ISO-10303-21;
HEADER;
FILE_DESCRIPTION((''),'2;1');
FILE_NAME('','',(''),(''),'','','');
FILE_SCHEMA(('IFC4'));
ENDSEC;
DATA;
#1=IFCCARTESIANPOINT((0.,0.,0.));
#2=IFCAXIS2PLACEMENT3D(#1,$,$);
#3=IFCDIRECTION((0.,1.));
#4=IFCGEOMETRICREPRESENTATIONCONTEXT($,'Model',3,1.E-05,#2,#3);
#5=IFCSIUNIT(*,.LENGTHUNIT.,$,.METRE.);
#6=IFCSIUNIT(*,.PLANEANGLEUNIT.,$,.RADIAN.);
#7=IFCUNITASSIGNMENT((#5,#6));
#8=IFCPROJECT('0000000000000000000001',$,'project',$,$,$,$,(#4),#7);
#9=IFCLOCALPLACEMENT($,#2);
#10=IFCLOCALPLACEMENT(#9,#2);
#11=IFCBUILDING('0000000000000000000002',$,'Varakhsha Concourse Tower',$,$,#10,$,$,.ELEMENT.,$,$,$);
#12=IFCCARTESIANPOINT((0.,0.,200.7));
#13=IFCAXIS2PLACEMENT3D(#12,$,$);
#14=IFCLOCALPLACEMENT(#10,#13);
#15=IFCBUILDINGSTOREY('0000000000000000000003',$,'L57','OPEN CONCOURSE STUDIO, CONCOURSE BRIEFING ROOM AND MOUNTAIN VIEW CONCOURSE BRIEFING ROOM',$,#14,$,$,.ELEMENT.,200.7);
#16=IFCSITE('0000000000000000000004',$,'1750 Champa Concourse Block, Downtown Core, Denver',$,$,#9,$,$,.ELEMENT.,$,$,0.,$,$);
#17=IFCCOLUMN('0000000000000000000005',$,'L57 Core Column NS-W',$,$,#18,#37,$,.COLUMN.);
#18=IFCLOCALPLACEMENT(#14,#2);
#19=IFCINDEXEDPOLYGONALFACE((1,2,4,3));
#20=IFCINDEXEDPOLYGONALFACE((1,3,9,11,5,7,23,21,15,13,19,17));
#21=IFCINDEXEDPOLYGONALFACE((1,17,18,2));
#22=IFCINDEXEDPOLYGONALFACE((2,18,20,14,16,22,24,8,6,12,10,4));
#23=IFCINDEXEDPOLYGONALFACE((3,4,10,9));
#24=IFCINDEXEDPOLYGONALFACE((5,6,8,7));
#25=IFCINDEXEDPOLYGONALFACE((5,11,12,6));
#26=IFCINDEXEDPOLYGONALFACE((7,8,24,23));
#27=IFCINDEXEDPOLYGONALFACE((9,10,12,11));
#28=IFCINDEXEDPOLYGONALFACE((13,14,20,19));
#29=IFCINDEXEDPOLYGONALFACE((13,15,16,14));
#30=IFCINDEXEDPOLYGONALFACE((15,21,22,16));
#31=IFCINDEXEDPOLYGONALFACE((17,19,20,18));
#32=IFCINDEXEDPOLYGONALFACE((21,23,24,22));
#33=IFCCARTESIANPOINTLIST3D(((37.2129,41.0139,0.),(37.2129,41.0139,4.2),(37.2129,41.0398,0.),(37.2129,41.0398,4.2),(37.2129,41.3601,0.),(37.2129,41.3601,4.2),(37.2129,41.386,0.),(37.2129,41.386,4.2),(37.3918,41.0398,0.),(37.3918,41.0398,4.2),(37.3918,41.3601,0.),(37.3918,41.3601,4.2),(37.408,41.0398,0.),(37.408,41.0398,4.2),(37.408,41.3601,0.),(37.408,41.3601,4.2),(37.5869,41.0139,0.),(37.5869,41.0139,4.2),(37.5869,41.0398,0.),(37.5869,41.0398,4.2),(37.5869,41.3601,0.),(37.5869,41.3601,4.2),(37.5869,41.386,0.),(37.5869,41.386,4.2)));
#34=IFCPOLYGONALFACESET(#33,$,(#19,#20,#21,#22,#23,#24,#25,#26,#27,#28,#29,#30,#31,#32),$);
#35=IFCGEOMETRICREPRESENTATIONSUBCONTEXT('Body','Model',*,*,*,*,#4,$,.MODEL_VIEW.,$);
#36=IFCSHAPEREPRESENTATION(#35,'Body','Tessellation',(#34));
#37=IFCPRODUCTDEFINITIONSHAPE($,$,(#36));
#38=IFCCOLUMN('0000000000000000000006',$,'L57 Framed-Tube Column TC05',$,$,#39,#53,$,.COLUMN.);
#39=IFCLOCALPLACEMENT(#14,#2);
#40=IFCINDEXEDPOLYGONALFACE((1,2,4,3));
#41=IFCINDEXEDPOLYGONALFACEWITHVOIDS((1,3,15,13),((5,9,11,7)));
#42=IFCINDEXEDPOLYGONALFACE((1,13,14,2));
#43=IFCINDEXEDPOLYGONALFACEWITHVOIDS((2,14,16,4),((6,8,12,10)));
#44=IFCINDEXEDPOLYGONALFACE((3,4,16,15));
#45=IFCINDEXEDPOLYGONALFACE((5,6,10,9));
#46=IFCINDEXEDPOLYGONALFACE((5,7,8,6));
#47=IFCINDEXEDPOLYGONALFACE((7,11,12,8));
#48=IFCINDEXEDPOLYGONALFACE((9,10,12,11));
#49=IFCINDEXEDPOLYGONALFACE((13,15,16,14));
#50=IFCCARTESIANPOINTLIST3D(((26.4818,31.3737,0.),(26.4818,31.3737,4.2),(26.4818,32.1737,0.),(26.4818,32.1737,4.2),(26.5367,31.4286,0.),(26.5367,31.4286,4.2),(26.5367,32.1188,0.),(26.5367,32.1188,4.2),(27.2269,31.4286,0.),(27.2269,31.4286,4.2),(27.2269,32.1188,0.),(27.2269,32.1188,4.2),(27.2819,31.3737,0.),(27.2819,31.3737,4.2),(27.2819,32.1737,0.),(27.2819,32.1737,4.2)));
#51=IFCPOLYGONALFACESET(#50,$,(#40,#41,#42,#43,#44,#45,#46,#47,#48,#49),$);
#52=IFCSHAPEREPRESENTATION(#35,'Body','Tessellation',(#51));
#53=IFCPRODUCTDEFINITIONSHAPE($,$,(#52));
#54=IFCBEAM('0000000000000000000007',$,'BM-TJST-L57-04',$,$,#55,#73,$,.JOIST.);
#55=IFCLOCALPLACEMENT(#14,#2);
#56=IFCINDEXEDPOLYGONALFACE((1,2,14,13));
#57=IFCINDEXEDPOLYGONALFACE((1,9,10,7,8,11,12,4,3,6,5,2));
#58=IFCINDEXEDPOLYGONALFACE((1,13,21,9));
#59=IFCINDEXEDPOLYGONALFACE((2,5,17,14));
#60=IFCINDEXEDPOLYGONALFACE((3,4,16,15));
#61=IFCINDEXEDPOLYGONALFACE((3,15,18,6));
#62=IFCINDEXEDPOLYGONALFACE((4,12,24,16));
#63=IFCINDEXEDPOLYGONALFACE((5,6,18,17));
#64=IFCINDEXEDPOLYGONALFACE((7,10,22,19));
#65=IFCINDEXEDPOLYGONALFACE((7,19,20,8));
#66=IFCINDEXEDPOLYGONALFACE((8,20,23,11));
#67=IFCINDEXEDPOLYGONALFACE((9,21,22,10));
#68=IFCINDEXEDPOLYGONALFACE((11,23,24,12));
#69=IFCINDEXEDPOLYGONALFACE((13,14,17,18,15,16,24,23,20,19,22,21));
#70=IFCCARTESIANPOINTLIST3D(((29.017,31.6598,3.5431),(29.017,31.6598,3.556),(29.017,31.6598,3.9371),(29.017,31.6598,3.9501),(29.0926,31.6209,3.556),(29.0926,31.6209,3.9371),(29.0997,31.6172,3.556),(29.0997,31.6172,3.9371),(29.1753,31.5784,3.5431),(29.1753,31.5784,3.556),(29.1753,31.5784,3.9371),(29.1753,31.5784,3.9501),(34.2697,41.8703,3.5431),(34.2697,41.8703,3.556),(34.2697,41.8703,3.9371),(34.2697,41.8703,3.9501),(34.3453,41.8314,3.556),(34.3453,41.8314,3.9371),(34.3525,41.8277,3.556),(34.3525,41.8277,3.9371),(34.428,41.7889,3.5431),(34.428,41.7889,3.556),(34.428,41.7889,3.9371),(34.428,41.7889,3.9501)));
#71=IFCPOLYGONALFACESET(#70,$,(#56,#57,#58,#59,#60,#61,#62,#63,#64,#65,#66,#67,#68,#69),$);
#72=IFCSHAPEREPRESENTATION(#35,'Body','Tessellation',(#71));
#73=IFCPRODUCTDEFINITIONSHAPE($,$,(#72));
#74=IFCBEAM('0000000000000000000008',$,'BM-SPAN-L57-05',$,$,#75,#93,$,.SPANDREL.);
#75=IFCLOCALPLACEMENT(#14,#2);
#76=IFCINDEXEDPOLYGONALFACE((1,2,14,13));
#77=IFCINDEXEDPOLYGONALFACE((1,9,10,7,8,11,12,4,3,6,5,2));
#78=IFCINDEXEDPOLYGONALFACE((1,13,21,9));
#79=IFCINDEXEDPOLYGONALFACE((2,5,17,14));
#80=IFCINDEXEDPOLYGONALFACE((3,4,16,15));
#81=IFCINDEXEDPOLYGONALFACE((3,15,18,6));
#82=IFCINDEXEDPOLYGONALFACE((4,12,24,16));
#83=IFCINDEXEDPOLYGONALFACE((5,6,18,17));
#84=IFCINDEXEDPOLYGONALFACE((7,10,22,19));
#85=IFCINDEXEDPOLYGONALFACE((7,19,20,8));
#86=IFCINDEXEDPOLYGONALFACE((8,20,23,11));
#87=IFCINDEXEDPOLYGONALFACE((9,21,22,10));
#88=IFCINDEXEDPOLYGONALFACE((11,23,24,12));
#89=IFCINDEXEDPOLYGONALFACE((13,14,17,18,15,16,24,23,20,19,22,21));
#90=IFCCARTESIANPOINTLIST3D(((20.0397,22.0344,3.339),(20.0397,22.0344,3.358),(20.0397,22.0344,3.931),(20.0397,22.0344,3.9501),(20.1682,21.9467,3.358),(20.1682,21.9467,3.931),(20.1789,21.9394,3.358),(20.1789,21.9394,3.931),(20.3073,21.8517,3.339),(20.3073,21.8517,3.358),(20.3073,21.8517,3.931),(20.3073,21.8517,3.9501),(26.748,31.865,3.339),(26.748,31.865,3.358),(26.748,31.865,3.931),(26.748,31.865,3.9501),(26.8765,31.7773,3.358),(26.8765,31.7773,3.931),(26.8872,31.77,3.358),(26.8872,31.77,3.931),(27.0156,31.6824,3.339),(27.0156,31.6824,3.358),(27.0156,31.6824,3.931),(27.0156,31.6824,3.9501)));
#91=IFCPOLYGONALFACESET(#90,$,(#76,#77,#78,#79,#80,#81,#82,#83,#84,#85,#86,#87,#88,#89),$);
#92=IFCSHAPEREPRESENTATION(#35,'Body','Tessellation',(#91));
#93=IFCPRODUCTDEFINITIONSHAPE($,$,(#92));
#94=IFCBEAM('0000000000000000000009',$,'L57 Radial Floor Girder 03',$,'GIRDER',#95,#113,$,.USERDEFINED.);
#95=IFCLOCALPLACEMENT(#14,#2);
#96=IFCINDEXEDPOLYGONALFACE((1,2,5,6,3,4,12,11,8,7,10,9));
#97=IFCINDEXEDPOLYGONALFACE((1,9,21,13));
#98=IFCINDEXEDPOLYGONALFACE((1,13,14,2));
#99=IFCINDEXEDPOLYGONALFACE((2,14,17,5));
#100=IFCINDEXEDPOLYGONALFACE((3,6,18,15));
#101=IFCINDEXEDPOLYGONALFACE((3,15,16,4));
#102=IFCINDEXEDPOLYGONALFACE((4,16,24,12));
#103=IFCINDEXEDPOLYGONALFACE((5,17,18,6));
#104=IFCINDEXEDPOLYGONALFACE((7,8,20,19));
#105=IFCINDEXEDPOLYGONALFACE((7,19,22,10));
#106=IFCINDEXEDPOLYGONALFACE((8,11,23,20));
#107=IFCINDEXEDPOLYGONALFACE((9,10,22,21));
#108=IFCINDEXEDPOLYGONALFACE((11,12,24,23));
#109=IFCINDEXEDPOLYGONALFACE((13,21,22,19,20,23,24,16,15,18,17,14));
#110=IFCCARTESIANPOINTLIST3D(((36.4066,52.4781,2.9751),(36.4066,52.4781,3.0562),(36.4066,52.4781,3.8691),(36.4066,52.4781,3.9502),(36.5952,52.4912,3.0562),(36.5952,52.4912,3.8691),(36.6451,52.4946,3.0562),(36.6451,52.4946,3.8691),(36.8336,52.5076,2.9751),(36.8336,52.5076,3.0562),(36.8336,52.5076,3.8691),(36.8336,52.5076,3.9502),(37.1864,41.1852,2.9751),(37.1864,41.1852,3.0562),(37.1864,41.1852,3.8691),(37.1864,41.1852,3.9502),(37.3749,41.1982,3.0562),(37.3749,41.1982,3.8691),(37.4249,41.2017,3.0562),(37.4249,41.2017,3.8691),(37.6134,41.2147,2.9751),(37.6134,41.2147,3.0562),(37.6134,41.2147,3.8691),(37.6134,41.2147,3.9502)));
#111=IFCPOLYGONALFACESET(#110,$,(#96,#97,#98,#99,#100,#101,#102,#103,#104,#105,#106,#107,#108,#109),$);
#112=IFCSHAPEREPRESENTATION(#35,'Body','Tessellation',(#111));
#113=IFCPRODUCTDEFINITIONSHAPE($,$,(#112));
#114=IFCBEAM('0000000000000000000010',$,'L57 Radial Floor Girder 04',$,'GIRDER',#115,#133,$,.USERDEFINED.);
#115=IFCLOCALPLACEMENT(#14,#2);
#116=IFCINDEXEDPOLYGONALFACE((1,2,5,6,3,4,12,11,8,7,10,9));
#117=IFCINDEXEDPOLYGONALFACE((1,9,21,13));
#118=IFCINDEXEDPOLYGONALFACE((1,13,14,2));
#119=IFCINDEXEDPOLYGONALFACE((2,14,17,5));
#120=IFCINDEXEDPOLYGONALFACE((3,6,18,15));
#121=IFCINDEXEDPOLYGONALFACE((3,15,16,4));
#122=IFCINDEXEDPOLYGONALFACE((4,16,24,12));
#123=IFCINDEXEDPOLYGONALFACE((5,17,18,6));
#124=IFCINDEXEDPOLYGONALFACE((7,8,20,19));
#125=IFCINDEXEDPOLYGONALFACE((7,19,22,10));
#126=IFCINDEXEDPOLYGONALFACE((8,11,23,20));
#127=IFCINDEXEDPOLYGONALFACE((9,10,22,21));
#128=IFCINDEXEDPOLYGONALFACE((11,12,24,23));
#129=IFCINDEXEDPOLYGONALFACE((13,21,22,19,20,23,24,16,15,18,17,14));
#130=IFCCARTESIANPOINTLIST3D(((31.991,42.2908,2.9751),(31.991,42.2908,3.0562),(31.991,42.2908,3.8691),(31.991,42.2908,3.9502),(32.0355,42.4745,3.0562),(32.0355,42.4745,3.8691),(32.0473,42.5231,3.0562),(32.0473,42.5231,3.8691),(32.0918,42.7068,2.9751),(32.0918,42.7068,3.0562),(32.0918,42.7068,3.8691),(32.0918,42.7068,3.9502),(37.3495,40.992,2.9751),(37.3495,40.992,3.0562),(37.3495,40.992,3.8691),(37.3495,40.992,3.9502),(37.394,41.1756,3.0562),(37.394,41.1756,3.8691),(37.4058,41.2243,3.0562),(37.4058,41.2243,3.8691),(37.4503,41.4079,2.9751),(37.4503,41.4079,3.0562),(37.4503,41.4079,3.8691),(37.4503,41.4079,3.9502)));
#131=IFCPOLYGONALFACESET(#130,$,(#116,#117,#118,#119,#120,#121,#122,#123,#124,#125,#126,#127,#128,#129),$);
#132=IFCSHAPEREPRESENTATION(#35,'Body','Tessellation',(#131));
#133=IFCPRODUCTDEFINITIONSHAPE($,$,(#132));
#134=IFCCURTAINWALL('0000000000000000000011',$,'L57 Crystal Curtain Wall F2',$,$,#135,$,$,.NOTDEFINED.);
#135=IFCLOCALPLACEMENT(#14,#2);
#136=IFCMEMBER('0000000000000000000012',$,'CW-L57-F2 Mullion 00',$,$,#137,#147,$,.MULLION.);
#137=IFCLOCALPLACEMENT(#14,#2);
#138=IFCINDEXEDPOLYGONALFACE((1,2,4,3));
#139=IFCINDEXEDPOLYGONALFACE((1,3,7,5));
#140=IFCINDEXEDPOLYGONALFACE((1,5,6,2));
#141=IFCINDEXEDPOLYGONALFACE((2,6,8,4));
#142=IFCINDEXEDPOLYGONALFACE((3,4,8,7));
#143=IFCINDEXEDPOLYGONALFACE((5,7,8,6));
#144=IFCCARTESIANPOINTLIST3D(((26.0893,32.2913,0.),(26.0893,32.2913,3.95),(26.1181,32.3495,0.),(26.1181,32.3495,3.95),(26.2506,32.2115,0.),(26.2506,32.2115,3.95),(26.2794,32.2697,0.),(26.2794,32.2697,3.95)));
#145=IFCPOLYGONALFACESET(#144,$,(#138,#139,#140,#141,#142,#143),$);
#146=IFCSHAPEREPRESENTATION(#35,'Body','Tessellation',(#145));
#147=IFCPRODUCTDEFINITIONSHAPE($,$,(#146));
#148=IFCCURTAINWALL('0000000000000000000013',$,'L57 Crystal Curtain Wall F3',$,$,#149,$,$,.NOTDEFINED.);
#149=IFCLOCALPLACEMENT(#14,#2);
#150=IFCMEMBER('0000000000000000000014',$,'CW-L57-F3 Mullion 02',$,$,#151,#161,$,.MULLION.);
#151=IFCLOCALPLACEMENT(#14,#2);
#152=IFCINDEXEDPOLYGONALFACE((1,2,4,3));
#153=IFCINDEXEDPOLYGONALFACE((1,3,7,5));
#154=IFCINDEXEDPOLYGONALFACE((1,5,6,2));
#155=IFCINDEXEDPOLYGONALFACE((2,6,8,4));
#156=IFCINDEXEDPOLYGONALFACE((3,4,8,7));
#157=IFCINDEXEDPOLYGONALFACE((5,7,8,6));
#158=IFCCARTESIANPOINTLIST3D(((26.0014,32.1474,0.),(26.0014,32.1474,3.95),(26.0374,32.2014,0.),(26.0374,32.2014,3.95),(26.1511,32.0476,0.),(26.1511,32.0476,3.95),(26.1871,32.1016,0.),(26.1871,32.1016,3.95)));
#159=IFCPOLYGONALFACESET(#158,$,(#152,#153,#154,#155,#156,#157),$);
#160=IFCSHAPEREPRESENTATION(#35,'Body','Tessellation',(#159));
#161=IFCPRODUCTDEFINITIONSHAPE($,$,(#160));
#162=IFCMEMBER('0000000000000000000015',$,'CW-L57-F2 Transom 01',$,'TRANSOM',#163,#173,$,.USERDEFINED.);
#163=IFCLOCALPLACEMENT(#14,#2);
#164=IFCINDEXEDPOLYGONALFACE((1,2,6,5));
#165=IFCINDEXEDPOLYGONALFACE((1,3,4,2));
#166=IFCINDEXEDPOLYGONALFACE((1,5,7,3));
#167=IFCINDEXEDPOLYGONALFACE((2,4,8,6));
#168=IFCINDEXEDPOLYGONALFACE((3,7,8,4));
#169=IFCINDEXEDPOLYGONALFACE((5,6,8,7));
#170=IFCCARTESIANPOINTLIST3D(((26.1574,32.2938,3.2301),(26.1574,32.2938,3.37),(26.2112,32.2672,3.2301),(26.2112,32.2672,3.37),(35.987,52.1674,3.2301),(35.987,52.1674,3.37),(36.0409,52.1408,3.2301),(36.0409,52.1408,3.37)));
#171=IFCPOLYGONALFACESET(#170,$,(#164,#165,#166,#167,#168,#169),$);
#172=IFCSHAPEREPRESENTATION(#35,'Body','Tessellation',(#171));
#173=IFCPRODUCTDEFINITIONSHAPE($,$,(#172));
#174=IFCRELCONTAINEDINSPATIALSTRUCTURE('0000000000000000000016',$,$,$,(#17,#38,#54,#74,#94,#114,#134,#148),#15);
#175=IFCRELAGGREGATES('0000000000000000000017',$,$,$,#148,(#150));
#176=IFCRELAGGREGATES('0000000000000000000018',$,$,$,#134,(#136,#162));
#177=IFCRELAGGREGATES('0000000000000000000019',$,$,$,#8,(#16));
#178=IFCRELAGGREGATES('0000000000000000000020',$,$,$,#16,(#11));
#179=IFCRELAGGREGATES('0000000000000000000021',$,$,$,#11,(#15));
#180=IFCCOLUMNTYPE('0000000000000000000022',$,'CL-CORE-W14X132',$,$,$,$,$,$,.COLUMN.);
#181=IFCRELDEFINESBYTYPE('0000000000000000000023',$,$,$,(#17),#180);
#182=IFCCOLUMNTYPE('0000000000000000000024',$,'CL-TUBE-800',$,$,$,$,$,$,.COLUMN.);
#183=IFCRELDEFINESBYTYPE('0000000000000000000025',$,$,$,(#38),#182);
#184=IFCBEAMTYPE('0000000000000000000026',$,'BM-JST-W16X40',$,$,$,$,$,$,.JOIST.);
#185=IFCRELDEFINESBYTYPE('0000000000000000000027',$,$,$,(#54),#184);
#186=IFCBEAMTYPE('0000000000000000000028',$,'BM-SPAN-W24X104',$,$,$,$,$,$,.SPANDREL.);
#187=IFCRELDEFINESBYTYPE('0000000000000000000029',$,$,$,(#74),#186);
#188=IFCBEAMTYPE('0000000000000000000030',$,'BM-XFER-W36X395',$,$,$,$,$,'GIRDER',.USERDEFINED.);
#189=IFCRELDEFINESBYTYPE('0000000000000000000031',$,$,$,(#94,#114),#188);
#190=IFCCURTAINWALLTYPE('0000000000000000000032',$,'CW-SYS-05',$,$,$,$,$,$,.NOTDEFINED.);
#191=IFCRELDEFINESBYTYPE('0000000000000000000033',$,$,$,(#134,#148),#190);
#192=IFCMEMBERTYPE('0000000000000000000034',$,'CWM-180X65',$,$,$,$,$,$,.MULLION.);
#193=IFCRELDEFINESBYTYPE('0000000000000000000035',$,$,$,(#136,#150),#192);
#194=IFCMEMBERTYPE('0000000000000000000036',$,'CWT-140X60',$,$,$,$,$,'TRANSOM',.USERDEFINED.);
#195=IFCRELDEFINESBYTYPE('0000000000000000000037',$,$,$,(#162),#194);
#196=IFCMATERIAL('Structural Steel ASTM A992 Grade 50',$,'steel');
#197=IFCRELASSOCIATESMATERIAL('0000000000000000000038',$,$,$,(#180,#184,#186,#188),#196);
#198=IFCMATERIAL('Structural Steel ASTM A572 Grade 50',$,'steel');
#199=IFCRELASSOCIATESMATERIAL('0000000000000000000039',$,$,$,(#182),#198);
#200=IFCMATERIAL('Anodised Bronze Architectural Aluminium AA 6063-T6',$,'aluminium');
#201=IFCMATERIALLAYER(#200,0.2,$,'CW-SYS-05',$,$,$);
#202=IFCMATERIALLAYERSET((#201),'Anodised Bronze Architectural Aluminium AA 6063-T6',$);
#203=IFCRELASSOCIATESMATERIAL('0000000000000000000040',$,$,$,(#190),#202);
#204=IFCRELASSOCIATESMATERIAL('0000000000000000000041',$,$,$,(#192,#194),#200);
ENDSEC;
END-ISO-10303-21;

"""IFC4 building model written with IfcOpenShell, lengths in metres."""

from ifc_helpers import new_model, si_unit, direction, frame, origin, origin_2d, place, context, subcontext, project, spatial, rectangle, hollow_rectangle, i_section, extrude, source, transform, mapped, material, layer, layer_set, material_profile, profile_set, type_object, type_shapes, element, aggregate, save


model = new_model("IFC4")

# Units and contexts
model_context = context("Model", 3, precision=1e-05, world=origin(), true_north=direction((0.0, 1.0)))
body_context = subcontext(model_context, "Body", "Model", "MODEL_VIEW")
ifc_project = project(units=[si_unit("LENGTHUNIT", "METRE"), si_unit("PLANEANGLEUNIT", "RADIAN")], contexts=[model_context])

# Site, building, storey
site_placement = place(None, origin())
site = spatial("IfcSite", under=ifc_project, at=site_placement, Name="1750 Champa Concourse Block, Downtown Core, Denver", CompositionType="ELEMENT", RefElevation=0.0)
building_placement = place(site_placement, origin())
building = spatial("IfcBuilding", under=site, at=building_placement, Name="Varakhsha Concourse Tower", CompositionType="ELEMENT")
storey_placement = place(building_placement, frame((0.0, 0.0, 200.7)))
storey = spatial("IfcBuildingStorey", under=building, at=storey_placement, Name="L57", Description="OPEN CONCOURSE STUDIO, CONCOURSE BRIEFING ROOM AND MOUNTAIN VIEW CONCOURSE BRIEFING ROOM", CompositionType="ELEMENT", Elevation=200.7)

# Columns
ifc_material_1 = material(Name="Structural Steel ASTM A992 Grade 50", Category="steel")
ifc_material_profile_1 = material_profile(ifc_material_1, i_section(OverallWidth=0.374, OverallDepth=0.3721, WebThickness=0.0161, FlangeThickness=0.0259, at=origin_2d()), Name="W14X132")
ifc_profile_set_1 = profile_set([ifc_material_profile_1], Name="Structural Steel ASTM A992 Grade 50")
column_type_1 = type_object("IfcColumnType", Name="CL-CORE-W14X132", PredefinedType="COLUMN", material=ifc_profile_set_1)
column_1_placement = place(storey_placement, frame((37.3999, 41.2, 0.0), z_axis=(0.0, 0.0, 1.0), x_axis=(1.0, 0.0, 0.0)))
element("IfcColumn", 1, at=column_1_placement, inside=storey, type_object=column_type_1, Name="L57 Core Column NS-W", PredefinedType="COLUMN", context=body_context, shape_type="SweptSolid", body=[
    extrude(i_section(OverallWidth=0.374, OverallDepth=0.3721, WebThickness=0.0161, FlangeThickness=0.0259, at=origin_2d()), origin(), (0.0, 0.0, 1.0), 4.2),
])
ifc_material_2 = material(Name="Structural Steel ASTM A572 Grade 50", Category="steel")
ifc_material_profile_2 = material_profile(ifc_material_2, hollow_rectangle(XDim=0.8, YDim=0.8, WallThickness=0.0549, at=origin_2d()), Name="BOX 800x800x55")
ifc_profile_set_2 = profile_set([ifc_material_profile_2], Name="Structural Steel ASTM A572 Grade 50")
column_type_2 = type_object("IfcColumnType", Name="CL-TUBE-800", PredefinedType="COLUMN", material=ifc_profile_set_2)
column_2_placement = place(storey_placement, frame((26.8818, 31.7737, 0.0), z_axis=(0.0, 0.0, 1.0), x_axis=(1.0, 0.0, 0.0)))
element("IfcColumn", 2, at=column_2_placement, inside=storey, type_object=column_type_2, Name="L57 Framed-Tube Column TC05", PredefinedType="COLUMN", context=body_context, shape_type="SweptSolid", body=[
    extrude(hollow_rectangle(XDim=0.8, YDim=0.8, WallThickness=0.0549, at=origin_2d()), origin(), (0.0, 0.0, 1.0), 4.2),
])

# Beams
ifc_material_profile_3 = material_profile(ifc_material_1, i_section(OverallWidth=0.178, OverallDepth=0.407, WebThickness=0.0081, FlangeThickness=0.0129, at=origin_2d()), Name="W16X40")
ifc_profile_set_3 = profile_set([ifc_material_profile_3], Name="Structural Steel ASTM A992 Grade 50")
beam_type_1 = type_object("IfcBeamType", Name="BM-JST-W16X40", PredefinedType="JOIST", material=ifc_profile_set_3)
beam_1_placement = place(storey_placement, frame((34.3489, 41.8296, 3.7466), z_axis=(-0.457458, -0.889231, 0.0), x_axis=(0.889231, -0.457458, 0.0)))
element("IfcBeam", 3, at=beam_1_placement, inside=storey, type_object=beam_type_1, Name="BM-TJST-L57-04", PredefinedType="JOIST", context=body_context, shape_type="SweptSolid", body=[
    extrude(i_section(OverallWidth=0.178, OverallDepth=0.407, WebThickness=0.0081, FlangeThickness=0.0129, at=origin_2d()), origin(), (0.0, 0.0, 1.0), 11.4824),
])
ifc_material_profile_4 = material_profile(ifc_material_1, i_section(OverallWidth=0.324, OverallDepth=0.6111, WebThickness=0.0129, FlangeThickness=0.019, at=origin_2d()), Name="W24X104")
ifc_profile_set_4 = profile_set([ifc_material_profile_4], Name="Structural Steel ASTM A992 Grade 50")
beam_type_2 = type_object("IfcBeamType", Name="BM-SPAN-W24X104", PredefinedType="SPANDREL", material=ifc_profile_set_4)
beam_2_placement = place(storey_placement, frame((26.8818, 31.7737, 3.6445), z_axis=(-0.563658, -0.826009, 0.0), x_axis=(0.826009, -0.563658, 0.0)))
element("IfcBeam", 4, at=beam_2_placement, inside=storey, type_object=beam_type_2, Name="BM-SPAN-L57-05", PredefinedType="SPANDREL", context=body_context, shape_type="SweptSolid", body=[
    extrude(i_section(OverallWidth=0.324, OverallDepth=0.6111, WebThickness=0.0129, FlangeThickness=0.019, at=origin_2d()), origin(), (0.0, 0.0, 1.0), 11.9014),
])
ifc_material_profile_5 = material_profile(ifc_material_1, i_section(OverallWidth=0.428, OverallDepth=0.9751, WebThickness=0.05, FlangeThickness=0.0811, at=origin_2d()), Name="W36X395")
ifc_profile_set_5 = profile_set([ifc_material_profile_5], Name="Structural Steel ASTM A992 Grade 50")
beam_type_3 = type_object("IfcBeamType", Name="BM-XFER-W36X395", ElementType="GIRDER", PredefinedType="USERDEFINED", material=ifc_profile_set_5)
beam_3_placement = place(storey_placement, frame((37.3999, 41.2, 3.4626), z_axis=(-0.068886, 0.997625, 0.0), x_axis=(-0.997625, -0.068886, 0.0)))
element("IfcBeam", 5, at=beam_3_placement, inside=storey, type_object=beam_type_3, Name="L57 Radial Floor Girder 03", ObjectType="GIRDER", PredefinedType="USERDEFINED", context=body_context, shape_type="SweptSolid", body=[
    extrude(i_section(OverallWidth=0.428, OverallDepth=0.9751, WebThickness=0.05, FlangeThickness=0.0811, at=origin_2d()), origin(), (0.0, 0.0, 1.0), 11.3198),
])
beam_4_placement = place(storey_placement, frame((37.3999, 41.2, 3.4626), z_axis=(-0.971857, 0.23557, 0.0), x_axis=(-0.23557, -0.971857, 0.0)))
element("IfcBeam", 6, at=beam_4_placement, inside=storey, type_object=beam_type_3, Name="L57 Radial Floor Girder 04", ObjectType="GIRDER", PredefinedType="USERDEFINED", context=body_context, shape_type="SweptSolid", body=[
    extrude(i_section(OverallWidth=0.428, OverallDepth=0.9751, WebThickness=0.05, FlangeThickness=0.0811, at=origin_2d()), origin(), (0.0, 0.0, 1.0), 5.5137),
])

# Curtain walls, members
ifc_material_3 = material(Name="Anodised Bronze Architectural Aluminium AA 6063-T6", Category="aluminium")
ifc_layer_1 = layer(ifc_material_3, 0.2, Name="CW-SYS-05")
ifc_layer_set_1 = layer_set([ifc_layer_1], Name="Anodised Bronze Architectural Aluminium AA 6063-T6")
curtain_wall_type = type_object("IfcCurtainWallType", Name="CW-SYS-05", PredefinedType="NOTDEFINED", material=ifc_layer_set_1)
curtain_wall_1_placement = place(storey_placement, origin())
curtain_wall_1 = element("IfcCurtainWall", 7, at=curtain_wall_1_placement, inside=storey, type_object=curtain_wall_type, Name="L57 Crystal Curtain Wall F2", PredefinedType="NOTDEFINED")
ifc_material_profile_6 = material_profile(ifc_material_3, rectangle(XDim=0.0649, YDim=0.1799, at=origin_2d()), Name="CWM-180X65")
ifc_profile_set_6 = profile_set([ifc_material_profile_6], Name="Anodised Bronze Architectural Aluminium AA 6063-T6")
member_type_1 = type_object("IfcMemberType", Name="CWM-180X65", PredefinedType="MULLION", material=ifc_profile_set_6)
shared_shape_1 = source(origin(), body_context, "Body", "SweptSolid", [
    extrude(rectangle(XDim=0.0649, YDim=0.1799, at=origin_2d()), origin(), (0.0, 0.0, 1.0), 3.95),
])
type_shapes(member_type_1, [shared_shape_1])
member_1_placement = place(storey_placement, frame((26.1843, 32.2805, 0.0), z_axis=(0.0, 0.0, 1.0), x_axis=(0.443343, 0.896352, 0.0)))
member_1 = element("IfcMember", 8, at=member_1_placement, type_object=member_type_1, Name="CW-L57-F2 Mullion 00", PredefinedType="MULLION", context=body_context, shape_type="MappedRepresentation", body=[
    mapped(shared_shape_1, transform((0.0, 0.0, 0.0), scale=1.0)),
])
curtain_wall_2_placement = place(storey_placement, origin())
curtain_wall_2 = element("IfcCurtainWall", 9, at=curtain_wall_2_placement, inside=storey, type_object=curtain_wall_type, Name="L57 Crystal Curtain Wall F3", PredefinedType="NOTDEFINED")
member_2_placement = place(storey_placement, frame((26.0942, 32.1245, 0.0), z_axis=(0.0, 0.0, 1.0), x_axis=(0.554592, 0.832123, 0.0)))
member_2 = element("IfcMember", 10, at=member_2_placement, type_object=member_type_1, Name="CW-L57-F3 Mullion 02", PredefinedType="MULLION", context=body_context, shape_type="MappedRepresentation", body=[
    mapped(shared_shape_1, transform((0.0, 0.0, 0.0), scale=1.0)),
])
aggregate(curtain_wall_2, [member_2])

# Member
ifc_material_profile_7 = material_profile(ifc_material_3, rectangle(XDim=0.0601, YDim=0.1399, at=origin_2d()), Name="CWT-140X60")
ifc_profile_set_7 = profile_set([ifc_material_profile_7], Name="Anodised Bronze Architectural Aluminium AA 6063-T6")
member_type_2 = type_object("IfcMemberType", Name="CWT-140X60", ElementType="TRANSOM", PredefinedType="USERDEFINED", material=ifc_profile_set_7)
shared_shape_2 = source(origin(), body_context, "Body", "SweptSolid", [
    extrude(rectangle(XDim=0.0601, YDim=0.1399, at=origin_2d()), origin(), (0.0, 0.0, 1.0), 22.1716),
])
type_shapes(member_type_2, [shared_shape_2])
member_3_placement = place(storey_placement, frame((26.1843, 32.2805, 3.3), z_axis=(0.443342, 0.896352, 0.0), x_axis=(-0.896352, 0.443342, 0.0)))
member_3 = element("IfcMember", 11, at=member_3_placement, type_object=member_type_2, Name="CW-L57-F2 Transom 01", ObjectType="TRANSOM", PredefinedType="USERDEFINED", context=body_context, shape_type="MappedRepresentation", body=[
    mapped(shared_shape_2, transform((0.0, 0.0, 0.0), scale=1.0)),
])

aggregate(curtain_wall_1, [member_1, member_3])

save(model, "model.ifc")
